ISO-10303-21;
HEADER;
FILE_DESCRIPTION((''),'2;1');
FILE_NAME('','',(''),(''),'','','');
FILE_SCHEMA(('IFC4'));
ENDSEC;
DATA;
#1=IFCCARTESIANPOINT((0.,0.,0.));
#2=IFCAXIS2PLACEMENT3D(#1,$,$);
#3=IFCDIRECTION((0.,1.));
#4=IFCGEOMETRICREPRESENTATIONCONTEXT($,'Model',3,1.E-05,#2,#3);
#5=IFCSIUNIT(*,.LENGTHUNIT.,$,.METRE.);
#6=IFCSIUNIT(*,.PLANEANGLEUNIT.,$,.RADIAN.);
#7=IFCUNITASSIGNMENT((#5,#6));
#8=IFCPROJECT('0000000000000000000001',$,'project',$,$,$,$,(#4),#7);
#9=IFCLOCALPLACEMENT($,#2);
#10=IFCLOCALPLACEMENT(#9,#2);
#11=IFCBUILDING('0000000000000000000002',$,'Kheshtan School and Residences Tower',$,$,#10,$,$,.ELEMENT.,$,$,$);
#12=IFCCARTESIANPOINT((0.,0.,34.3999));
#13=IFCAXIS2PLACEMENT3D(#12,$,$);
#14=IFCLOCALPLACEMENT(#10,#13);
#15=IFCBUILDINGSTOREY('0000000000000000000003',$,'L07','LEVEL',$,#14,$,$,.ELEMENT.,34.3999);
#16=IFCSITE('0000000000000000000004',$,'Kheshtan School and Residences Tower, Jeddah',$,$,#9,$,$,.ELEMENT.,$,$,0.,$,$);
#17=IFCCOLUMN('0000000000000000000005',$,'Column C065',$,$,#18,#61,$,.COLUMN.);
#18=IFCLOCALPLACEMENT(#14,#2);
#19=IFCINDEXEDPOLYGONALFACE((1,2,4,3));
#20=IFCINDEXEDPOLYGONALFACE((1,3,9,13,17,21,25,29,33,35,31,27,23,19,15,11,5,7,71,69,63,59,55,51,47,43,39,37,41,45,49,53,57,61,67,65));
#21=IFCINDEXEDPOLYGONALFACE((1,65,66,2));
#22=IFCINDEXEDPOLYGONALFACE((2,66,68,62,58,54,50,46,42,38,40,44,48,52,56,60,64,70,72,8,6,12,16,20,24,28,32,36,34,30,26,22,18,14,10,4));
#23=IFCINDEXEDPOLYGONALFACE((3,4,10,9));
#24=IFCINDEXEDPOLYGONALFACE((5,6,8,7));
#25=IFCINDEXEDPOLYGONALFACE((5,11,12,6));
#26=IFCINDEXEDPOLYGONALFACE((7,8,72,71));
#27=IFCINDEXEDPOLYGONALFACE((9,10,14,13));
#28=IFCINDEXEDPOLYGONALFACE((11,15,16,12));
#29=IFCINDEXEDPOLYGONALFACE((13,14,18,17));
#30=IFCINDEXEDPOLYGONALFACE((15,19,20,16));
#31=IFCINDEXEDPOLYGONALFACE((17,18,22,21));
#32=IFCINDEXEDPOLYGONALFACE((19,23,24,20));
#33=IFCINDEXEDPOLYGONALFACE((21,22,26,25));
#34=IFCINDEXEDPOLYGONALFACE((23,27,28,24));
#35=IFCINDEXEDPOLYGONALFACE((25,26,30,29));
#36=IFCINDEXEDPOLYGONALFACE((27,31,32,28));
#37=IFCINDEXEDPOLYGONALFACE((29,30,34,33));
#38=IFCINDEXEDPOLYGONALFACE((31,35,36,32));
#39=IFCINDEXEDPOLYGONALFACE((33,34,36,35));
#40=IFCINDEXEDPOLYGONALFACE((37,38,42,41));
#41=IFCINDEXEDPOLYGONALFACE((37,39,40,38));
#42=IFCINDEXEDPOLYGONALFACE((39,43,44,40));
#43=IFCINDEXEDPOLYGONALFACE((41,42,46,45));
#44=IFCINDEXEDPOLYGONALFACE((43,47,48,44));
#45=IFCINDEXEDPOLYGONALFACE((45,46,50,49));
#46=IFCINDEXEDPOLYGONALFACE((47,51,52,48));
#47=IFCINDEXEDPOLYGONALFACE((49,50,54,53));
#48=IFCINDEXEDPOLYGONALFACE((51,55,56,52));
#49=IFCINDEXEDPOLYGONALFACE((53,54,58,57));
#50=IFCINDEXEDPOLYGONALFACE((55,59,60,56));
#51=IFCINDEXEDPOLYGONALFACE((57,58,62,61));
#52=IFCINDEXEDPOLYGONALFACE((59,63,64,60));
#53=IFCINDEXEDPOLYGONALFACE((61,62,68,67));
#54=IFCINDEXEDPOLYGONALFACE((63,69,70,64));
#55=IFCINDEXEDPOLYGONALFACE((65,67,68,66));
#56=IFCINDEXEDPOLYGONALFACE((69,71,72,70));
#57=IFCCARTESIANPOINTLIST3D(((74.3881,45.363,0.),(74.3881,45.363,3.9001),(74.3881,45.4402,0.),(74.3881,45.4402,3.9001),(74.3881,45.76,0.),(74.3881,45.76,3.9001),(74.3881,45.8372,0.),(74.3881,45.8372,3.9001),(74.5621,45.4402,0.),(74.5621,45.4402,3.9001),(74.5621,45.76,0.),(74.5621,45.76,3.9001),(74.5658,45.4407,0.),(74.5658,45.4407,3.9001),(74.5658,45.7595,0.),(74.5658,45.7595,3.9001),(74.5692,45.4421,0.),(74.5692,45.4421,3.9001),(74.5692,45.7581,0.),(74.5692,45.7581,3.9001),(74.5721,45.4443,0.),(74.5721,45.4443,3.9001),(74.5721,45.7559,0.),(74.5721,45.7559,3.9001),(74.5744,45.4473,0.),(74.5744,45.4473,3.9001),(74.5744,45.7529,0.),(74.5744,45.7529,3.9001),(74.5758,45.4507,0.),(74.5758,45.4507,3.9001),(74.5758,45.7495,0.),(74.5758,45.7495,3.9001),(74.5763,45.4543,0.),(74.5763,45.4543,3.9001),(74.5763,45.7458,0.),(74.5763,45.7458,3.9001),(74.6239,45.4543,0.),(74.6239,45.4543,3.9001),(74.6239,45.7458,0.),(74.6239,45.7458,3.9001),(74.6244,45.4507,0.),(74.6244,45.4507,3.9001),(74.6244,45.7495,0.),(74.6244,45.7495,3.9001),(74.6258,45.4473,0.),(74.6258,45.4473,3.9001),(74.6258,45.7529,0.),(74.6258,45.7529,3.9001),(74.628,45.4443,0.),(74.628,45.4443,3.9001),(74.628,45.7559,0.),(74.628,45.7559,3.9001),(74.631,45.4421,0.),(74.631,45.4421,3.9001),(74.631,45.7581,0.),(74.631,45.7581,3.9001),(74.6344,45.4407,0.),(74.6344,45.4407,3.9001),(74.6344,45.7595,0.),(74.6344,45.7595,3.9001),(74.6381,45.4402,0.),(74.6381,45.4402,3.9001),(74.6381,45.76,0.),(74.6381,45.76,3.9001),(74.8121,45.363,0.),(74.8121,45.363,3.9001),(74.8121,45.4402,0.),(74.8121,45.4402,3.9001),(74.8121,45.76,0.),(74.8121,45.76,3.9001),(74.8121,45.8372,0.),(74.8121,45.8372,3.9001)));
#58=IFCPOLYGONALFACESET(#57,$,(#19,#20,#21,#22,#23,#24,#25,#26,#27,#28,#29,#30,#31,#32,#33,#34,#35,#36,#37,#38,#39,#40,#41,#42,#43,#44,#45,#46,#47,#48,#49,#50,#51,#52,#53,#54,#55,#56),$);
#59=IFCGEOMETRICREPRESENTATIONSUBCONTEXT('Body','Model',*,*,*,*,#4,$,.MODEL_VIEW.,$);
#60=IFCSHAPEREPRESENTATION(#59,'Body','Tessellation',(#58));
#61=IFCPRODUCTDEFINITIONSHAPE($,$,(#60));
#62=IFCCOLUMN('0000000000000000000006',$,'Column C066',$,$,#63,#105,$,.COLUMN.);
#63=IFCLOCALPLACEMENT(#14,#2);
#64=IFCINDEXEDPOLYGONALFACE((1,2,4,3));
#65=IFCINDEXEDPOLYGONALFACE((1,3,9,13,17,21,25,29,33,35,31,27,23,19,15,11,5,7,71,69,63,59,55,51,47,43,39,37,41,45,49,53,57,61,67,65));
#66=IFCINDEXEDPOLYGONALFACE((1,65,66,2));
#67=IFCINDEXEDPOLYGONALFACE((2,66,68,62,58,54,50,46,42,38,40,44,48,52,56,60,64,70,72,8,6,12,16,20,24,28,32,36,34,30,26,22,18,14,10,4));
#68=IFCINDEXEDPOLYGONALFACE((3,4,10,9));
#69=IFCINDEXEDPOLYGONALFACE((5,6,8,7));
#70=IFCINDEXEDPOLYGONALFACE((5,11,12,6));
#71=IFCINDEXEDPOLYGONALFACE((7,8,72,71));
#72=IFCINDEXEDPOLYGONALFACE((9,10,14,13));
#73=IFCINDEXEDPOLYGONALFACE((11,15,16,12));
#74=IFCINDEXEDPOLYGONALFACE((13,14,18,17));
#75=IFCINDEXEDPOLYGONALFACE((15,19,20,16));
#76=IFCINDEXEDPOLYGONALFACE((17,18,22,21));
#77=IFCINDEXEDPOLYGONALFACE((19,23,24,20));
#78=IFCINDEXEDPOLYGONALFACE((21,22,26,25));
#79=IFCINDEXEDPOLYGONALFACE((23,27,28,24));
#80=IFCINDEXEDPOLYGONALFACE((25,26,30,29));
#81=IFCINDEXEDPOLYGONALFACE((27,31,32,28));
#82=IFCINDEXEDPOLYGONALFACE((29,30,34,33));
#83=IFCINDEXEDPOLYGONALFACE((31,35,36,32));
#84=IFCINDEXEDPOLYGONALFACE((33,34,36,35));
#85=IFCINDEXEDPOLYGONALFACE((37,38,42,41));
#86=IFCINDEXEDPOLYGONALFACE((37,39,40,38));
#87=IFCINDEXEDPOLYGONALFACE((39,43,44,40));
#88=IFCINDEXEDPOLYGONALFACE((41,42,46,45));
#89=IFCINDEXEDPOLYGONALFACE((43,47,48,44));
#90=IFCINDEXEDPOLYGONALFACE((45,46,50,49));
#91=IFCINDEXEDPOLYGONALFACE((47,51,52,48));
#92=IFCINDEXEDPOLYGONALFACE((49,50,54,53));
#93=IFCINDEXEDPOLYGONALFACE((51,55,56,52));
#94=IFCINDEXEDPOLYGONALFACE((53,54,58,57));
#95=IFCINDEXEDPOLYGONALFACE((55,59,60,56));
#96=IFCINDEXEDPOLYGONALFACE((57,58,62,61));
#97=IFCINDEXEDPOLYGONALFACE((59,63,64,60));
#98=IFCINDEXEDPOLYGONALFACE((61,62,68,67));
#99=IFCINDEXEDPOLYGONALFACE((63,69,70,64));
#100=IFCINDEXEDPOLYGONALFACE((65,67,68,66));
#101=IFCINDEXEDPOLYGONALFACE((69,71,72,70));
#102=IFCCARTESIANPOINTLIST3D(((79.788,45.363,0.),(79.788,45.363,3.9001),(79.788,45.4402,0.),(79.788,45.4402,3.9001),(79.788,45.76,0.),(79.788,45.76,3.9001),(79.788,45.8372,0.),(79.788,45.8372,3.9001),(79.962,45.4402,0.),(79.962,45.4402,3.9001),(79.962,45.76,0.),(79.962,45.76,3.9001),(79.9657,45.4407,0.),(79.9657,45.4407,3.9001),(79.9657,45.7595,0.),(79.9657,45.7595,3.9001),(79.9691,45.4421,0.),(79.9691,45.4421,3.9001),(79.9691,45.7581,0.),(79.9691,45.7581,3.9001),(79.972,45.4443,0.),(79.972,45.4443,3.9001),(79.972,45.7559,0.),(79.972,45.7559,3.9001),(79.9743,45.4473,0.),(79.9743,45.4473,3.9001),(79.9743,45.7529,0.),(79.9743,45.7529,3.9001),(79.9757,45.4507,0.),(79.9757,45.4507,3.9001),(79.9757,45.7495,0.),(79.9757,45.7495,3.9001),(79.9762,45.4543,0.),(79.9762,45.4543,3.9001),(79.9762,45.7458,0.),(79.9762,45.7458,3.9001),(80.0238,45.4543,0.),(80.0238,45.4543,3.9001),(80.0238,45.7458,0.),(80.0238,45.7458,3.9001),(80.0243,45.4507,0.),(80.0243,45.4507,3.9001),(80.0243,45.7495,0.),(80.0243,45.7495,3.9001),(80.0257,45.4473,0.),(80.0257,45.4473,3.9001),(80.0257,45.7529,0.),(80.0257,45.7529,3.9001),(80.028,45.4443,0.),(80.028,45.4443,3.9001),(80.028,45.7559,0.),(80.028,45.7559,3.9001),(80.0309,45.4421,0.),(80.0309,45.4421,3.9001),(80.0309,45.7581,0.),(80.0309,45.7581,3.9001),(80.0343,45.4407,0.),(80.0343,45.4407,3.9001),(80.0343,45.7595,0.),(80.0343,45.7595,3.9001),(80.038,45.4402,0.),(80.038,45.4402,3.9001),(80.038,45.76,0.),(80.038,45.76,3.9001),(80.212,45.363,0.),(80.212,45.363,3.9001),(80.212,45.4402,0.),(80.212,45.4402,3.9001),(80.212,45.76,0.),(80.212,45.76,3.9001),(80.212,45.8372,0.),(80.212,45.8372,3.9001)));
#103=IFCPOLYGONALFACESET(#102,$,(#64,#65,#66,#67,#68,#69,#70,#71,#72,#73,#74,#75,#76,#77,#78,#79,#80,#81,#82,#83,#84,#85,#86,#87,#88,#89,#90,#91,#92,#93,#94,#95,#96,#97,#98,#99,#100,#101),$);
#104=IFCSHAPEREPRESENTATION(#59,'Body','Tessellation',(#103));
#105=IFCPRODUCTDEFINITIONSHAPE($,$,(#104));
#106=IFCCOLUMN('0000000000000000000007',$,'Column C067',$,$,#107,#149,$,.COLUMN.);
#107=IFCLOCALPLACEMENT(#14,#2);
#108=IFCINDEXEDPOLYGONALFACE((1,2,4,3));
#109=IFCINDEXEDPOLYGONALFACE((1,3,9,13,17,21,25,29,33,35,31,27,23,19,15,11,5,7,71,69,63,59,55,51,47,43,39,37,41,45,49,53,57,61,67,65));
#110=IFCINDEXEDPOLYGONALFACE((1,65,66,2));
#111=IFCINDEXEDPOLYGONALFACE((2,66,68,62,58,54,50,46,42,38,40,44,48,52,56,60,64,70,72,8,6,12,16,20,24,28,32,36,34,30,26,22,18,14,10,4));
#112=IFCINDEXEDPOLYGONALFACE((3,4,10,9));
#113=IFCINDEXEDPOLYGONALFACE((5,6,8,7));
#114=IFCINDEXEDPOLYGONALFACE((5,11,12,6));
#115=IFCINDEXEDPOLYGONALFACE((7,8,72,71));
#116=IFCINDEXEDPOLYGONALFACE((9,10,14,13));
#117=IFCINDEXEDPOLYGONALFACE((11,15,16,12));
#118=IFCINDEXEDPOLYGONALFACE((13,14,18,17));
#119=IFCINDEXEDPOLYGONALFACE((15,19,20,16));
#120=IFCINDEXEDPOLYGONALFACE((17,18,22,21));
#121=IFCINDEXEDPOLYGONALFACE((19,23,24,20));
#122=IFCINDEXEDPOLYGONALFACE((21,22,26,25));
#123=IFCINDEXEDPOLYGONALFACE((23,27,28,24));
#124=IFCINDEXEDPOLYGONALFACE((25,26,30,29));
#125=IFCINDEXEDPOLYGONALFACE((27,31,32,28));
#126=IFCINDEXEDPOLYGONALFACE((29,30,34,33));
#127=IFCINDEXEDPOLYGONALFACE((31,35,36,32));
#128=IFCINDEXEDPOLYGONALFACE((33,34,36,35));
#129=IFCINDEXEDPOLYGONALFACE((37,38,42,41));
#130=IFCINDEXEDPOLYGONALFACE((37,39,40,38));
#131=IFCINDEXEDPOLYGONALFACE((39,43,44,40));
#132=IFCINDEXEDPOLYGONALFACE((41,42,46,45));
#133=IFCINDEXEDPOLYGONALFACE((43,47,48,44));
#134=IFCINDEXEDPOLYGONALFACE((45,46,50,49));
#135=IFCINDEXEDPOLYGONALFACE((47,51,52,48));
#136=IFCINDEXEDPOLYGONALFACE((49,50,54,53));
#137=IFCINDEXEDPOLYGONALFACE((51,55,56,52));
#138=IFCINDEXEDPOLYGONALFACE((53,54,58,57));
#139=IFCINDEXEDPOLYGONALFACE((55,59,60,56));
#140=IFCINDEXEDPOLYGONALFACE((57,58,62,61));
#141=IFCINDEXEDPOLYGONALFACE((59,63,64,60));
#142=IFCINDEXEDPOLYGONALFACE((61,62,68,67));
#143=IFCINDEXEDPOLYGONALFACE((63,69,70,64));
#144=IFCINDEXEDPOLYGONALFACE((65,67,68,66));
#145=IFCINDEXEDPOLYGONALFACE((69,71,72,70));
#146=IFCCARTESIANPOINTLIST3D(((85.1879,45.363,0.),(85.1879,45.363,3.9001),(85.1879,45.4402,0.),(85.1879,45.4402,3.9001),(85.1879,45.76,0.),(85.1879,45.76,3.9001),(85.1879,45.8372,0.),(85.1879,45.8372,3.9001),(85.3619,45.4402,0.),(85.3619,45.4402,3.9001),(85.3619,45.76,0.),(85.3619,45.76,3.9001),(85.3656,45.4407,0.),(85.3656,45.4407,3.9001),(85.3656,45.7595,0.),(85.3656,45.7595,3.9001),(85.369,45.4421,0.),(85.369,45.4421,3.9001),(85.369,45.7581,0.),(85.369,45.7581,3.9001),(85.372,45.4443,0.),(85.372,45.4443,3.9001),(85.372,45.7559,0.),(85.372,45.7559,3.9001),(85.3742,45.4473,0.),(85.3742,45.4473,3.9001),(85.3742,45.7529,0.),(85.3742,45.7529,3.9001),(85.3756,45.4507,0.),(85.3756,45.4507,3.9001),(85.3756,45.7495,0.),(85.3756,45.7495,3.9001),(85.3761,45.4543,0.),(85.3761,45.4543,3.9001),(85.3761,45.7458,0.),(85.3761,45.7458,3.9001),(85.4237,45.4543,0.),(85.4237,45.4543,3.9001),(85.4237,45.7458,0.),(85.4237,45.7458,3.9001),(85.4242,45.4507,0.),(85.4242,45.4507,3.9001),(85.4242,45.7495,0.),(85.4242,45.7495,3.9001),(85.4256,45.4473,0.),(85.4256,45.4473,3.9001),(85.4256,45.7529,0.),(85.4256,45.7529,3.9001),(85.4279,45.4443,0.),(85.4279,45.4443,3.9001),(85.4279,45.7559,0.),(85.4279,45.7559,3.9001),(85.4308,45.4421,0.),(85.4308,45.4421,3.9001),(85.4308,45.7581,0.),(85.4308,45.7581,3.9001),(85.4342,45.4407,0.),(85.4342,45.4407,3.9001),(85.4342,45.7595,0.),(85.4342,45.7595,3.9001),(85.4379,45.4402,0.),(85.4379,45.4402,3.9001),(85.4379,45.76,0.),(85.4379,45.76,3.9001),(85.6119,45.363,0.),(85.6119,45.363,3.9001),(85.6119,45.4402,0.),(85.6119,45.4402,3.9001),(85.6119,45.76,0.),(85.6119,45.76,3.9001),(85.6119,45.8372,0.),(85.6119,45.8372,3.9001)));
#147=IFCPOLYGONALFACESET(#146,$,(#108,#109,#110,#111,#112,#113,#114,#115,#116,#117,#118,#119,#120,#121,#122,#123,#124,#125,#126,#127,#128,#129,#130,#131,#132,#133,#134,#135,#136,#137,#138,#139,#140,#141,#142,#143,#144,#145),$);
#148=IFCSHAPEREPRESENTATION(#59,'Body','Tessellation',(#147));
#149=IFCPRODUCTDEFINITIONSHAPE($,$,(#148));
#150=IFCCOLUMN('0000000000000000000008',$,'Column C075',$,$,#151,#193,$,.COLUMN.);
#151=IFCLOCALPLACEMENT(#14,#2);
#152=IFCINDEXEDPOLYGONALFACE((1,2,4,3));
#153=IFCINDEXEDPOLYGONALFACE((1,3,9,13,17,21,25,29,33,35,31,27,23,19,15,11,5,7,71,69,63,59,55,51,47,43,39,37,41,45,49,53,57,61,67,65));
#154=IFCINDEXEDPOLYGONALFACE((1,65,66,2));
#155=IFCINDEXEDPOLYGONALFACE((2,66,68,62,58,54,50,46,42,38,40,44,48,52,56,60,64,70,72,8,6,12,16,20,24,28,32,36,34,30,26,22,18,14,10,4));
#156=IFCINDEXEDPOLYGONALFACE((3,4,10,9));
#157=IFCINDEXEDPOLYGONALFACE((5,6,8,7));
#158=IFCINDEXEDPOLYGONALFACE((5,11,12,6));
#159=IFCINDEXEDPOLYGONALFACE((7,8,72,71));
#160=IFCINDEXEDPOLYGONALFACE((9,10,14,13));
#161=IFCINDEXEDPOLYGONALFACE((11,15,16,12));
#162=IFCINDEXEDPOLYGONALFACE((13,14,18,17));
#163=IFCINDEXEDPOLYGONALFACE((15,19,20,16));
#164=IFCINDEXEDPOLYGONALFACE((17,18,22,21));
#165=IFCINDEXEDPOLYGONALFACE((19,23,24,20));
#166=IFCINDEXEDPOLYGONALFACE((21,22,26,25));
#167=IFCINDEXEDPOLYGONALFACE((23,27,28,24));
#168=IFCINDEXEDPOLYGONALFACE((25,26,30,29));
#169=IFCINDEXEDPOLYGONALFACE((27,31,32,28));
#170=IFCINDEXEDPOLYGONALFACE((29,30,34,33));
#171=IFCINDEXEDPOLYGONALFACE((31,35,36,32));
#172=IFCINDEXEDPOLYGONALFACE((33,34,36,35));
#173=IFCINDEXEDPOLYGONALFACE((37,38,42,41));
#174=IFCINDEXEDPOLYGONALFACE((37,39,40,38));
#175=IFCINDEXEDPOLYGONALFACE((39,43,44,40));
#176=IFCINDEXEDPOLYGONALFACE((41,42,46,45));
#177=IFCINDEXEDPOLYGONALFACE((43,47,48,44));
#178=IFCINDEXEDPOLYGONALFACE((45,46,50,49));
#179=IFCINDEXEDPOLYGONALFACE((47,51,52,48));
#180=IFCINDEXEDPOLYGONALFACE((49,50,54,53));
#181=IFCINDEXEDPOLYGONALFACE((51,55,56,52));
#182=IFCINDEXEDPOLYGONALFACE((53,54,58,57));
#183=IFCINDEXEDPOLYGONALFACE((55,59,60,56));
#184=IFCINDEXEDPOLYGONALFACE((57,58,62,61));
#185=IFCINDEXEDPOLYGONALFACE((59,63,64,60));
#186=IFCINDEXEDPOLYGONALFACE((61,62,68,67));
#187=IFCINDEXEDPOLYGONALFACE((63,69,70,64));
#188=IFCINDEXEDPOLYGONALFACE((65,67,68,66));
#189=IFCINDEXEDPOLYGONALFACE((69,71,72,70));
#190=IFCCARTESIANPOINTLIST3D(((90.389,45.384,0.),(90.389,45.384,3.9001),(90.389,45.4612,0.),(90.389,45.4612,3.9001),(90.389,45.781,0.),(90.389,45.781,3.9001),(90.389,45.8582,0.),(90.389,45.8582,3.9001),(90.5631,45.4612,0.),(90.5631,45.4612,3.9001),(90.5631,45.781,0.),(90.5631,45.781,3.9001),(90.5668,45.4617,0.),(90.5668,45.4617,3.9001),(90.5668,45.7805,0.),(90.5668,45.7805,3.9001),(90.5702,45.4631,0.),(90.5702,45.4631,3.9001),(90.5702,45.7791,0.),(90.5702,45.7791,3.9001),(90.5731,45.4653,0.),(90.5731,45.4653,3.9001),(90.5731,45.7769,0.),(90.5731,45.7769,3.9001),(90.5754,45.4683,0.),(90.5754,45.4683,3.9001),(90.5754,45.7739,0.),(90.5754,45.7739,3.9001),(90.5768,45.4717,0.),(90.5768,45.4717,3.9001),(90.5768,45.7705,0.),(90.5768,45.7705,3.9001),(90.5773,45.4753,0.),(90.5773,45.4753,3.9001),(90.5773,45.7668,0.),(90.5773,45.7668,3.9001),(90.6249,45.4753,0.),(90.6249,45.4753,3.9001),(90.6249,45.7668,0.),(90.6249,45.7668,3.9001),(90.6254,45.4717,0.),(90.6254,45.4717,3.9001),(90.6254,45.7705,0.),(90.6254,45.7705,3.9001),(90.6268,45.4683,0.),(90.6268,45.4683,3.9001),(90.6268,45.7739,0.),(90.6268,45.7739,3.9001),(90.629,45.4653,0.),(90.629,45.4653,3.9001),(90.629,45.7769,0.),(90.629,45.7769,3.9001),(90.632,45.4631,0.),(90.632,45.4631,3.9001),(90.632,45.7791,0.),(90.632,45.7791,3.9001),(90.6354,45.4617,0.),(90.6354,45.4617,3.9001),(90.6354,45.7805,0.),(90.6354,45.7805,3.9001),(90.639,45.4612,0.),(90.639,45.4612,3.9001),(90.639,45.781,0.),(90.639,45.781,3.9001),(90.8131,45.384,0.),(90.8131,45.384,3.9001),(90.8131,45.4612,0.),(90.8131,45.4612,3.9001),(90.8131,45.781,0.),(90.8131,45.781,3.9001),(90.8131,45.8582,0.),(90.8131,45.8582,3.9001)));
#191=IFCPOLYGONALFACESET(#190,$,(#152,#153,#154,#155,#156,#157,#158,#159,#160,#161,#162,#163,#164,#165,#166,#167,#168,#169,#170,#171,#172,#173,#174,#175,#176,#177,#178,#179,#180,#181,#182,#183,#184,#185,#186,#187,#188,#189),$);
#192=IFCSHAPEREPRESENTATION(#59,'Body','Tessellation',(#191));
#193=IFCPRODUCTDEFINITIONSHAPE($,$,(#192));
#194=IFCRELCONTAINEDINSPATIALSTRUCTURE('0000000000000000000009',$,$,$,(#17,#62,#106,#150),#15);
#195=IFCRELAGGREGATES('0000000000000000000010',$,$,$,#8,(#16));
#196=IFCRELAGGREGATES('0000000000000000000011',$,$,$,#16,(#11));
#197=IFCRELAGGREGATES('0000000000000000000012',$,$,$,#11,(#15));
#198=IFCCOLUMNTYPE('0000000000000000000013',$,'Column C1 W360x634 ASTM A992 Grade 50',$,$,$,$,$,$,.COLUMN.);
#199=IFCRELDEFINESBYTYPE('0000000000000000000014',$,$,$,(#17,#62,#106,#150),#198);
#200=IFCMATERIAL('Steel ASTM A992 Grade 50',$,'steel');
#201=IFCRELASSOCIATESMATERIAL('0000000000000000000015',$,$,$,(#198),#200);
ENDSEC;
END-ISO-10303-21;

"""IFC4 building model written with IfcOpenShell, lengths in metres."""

from ifc_helpers import new_model, si_unit, direction, frame, origin, origin_2d, place, context, subcontext, project, spatial, i_section, extrude, material, material_profile, profile_set, type_object, element, save


model = new_model("IFC4")

# Units and contexts
model_context = context("Model", 3, precision=1e-05, world=origin(), true_north=direction((0.0, 1.0)))
body_context = subcontext(model_context, "Body", "Model", "MODEL_VIEW")
ifc_project = project(units=[si_unit("LENGTHUNIT", "METRE"), si_unit("PLANEANGLEUNIT", "RADIAN")], contexts=[model_context])

# Site, building, storey
site_placement = place(None, origin())
site = spatial("IfcSite", under=ifc_project, at=site_placement, Name="Kheshtan School and Residences Tower, Jeddah", CompositionType="ELEMENT", RefElevation=0.0)
building_placement = place(site_placement, origin())
building = spatial("IfcBuilding", under=site, at=building_placement, Name="Kheshtan School and Residences Tower", CompositionType="ELEMENT")
storey_placement = place(building_placement, frame((0.0, 0.0, 34.3999)))
storey = spatial("IfcBuildingStorey", under=building, at=storey_placement, Name="L07", Description="LEVEL", CompositionType="ELEMENT", Elevation=34.3999)

# Columns
ifc_material_1 = material(Name="Steel ASTM A992 Grade 50", Category="steel")
ifc_material_profile_1 = material_profile(ifc_material_1, i_section(OverallWidth=0.4241, OverallDepth=0.4741, WebThickness=0.0476, FlangeThickness=0.0771, FilletRadius=0.0142, at=origin_2d()), Name="W360x634")
ifc_profile_set_1 = profile_set([ifc_material_profile_1], Name="Steel ASTM A992 Grade 50")
column_type = type_object("IfcColumnType", Name="Column C1 W360x634 ASTM A992 Grade 50", PredefinedType="COLUMN", material=ifc_profile_set_1)
for number, where, z_axis, x_axis, name in (
    (1, (74.6001, 45.6001, 0.0), (0.0, 0.0, 1.0), (1.0, 0.0, 0.0), "Column C065"),
    (2, (80.0, 45.6001, 0.0), (0.0, 0.0, 1.0), (1.0, 0.0, 0.0), "Column C066"),
    (3, (85.3999, 45.6001, 0.0), (0.0, 0.0, 1.0), (1.0, 0.0, 0.0), "Column C067"),
    (4, (90.6011, 45.6211, 0.0), (0.0, 0.0, 1.0), (1.0, 0.0, 0.0), "Column C075"),
):
    element("IfcColumn", number, at=place(storey_placement, frame(where, z_axis=z_axis, x_axis=x_axis)), inside=storey, type_object=column_type, Name=name, PredefinedType="COLUMN", context=body_context, shape_type="SweptSolid", body=[
        extrude(i_section(OverallWidth=0.4241, OverallDepth=0.4741, WebThickness=0.0476, FlangeThickness=0.0771, FilletRadius=0.0142, at=origin_2d()), origin(), (0.0, 0.0, 1.0), 3.9001),
    ])

save(model, "model.ifc")
